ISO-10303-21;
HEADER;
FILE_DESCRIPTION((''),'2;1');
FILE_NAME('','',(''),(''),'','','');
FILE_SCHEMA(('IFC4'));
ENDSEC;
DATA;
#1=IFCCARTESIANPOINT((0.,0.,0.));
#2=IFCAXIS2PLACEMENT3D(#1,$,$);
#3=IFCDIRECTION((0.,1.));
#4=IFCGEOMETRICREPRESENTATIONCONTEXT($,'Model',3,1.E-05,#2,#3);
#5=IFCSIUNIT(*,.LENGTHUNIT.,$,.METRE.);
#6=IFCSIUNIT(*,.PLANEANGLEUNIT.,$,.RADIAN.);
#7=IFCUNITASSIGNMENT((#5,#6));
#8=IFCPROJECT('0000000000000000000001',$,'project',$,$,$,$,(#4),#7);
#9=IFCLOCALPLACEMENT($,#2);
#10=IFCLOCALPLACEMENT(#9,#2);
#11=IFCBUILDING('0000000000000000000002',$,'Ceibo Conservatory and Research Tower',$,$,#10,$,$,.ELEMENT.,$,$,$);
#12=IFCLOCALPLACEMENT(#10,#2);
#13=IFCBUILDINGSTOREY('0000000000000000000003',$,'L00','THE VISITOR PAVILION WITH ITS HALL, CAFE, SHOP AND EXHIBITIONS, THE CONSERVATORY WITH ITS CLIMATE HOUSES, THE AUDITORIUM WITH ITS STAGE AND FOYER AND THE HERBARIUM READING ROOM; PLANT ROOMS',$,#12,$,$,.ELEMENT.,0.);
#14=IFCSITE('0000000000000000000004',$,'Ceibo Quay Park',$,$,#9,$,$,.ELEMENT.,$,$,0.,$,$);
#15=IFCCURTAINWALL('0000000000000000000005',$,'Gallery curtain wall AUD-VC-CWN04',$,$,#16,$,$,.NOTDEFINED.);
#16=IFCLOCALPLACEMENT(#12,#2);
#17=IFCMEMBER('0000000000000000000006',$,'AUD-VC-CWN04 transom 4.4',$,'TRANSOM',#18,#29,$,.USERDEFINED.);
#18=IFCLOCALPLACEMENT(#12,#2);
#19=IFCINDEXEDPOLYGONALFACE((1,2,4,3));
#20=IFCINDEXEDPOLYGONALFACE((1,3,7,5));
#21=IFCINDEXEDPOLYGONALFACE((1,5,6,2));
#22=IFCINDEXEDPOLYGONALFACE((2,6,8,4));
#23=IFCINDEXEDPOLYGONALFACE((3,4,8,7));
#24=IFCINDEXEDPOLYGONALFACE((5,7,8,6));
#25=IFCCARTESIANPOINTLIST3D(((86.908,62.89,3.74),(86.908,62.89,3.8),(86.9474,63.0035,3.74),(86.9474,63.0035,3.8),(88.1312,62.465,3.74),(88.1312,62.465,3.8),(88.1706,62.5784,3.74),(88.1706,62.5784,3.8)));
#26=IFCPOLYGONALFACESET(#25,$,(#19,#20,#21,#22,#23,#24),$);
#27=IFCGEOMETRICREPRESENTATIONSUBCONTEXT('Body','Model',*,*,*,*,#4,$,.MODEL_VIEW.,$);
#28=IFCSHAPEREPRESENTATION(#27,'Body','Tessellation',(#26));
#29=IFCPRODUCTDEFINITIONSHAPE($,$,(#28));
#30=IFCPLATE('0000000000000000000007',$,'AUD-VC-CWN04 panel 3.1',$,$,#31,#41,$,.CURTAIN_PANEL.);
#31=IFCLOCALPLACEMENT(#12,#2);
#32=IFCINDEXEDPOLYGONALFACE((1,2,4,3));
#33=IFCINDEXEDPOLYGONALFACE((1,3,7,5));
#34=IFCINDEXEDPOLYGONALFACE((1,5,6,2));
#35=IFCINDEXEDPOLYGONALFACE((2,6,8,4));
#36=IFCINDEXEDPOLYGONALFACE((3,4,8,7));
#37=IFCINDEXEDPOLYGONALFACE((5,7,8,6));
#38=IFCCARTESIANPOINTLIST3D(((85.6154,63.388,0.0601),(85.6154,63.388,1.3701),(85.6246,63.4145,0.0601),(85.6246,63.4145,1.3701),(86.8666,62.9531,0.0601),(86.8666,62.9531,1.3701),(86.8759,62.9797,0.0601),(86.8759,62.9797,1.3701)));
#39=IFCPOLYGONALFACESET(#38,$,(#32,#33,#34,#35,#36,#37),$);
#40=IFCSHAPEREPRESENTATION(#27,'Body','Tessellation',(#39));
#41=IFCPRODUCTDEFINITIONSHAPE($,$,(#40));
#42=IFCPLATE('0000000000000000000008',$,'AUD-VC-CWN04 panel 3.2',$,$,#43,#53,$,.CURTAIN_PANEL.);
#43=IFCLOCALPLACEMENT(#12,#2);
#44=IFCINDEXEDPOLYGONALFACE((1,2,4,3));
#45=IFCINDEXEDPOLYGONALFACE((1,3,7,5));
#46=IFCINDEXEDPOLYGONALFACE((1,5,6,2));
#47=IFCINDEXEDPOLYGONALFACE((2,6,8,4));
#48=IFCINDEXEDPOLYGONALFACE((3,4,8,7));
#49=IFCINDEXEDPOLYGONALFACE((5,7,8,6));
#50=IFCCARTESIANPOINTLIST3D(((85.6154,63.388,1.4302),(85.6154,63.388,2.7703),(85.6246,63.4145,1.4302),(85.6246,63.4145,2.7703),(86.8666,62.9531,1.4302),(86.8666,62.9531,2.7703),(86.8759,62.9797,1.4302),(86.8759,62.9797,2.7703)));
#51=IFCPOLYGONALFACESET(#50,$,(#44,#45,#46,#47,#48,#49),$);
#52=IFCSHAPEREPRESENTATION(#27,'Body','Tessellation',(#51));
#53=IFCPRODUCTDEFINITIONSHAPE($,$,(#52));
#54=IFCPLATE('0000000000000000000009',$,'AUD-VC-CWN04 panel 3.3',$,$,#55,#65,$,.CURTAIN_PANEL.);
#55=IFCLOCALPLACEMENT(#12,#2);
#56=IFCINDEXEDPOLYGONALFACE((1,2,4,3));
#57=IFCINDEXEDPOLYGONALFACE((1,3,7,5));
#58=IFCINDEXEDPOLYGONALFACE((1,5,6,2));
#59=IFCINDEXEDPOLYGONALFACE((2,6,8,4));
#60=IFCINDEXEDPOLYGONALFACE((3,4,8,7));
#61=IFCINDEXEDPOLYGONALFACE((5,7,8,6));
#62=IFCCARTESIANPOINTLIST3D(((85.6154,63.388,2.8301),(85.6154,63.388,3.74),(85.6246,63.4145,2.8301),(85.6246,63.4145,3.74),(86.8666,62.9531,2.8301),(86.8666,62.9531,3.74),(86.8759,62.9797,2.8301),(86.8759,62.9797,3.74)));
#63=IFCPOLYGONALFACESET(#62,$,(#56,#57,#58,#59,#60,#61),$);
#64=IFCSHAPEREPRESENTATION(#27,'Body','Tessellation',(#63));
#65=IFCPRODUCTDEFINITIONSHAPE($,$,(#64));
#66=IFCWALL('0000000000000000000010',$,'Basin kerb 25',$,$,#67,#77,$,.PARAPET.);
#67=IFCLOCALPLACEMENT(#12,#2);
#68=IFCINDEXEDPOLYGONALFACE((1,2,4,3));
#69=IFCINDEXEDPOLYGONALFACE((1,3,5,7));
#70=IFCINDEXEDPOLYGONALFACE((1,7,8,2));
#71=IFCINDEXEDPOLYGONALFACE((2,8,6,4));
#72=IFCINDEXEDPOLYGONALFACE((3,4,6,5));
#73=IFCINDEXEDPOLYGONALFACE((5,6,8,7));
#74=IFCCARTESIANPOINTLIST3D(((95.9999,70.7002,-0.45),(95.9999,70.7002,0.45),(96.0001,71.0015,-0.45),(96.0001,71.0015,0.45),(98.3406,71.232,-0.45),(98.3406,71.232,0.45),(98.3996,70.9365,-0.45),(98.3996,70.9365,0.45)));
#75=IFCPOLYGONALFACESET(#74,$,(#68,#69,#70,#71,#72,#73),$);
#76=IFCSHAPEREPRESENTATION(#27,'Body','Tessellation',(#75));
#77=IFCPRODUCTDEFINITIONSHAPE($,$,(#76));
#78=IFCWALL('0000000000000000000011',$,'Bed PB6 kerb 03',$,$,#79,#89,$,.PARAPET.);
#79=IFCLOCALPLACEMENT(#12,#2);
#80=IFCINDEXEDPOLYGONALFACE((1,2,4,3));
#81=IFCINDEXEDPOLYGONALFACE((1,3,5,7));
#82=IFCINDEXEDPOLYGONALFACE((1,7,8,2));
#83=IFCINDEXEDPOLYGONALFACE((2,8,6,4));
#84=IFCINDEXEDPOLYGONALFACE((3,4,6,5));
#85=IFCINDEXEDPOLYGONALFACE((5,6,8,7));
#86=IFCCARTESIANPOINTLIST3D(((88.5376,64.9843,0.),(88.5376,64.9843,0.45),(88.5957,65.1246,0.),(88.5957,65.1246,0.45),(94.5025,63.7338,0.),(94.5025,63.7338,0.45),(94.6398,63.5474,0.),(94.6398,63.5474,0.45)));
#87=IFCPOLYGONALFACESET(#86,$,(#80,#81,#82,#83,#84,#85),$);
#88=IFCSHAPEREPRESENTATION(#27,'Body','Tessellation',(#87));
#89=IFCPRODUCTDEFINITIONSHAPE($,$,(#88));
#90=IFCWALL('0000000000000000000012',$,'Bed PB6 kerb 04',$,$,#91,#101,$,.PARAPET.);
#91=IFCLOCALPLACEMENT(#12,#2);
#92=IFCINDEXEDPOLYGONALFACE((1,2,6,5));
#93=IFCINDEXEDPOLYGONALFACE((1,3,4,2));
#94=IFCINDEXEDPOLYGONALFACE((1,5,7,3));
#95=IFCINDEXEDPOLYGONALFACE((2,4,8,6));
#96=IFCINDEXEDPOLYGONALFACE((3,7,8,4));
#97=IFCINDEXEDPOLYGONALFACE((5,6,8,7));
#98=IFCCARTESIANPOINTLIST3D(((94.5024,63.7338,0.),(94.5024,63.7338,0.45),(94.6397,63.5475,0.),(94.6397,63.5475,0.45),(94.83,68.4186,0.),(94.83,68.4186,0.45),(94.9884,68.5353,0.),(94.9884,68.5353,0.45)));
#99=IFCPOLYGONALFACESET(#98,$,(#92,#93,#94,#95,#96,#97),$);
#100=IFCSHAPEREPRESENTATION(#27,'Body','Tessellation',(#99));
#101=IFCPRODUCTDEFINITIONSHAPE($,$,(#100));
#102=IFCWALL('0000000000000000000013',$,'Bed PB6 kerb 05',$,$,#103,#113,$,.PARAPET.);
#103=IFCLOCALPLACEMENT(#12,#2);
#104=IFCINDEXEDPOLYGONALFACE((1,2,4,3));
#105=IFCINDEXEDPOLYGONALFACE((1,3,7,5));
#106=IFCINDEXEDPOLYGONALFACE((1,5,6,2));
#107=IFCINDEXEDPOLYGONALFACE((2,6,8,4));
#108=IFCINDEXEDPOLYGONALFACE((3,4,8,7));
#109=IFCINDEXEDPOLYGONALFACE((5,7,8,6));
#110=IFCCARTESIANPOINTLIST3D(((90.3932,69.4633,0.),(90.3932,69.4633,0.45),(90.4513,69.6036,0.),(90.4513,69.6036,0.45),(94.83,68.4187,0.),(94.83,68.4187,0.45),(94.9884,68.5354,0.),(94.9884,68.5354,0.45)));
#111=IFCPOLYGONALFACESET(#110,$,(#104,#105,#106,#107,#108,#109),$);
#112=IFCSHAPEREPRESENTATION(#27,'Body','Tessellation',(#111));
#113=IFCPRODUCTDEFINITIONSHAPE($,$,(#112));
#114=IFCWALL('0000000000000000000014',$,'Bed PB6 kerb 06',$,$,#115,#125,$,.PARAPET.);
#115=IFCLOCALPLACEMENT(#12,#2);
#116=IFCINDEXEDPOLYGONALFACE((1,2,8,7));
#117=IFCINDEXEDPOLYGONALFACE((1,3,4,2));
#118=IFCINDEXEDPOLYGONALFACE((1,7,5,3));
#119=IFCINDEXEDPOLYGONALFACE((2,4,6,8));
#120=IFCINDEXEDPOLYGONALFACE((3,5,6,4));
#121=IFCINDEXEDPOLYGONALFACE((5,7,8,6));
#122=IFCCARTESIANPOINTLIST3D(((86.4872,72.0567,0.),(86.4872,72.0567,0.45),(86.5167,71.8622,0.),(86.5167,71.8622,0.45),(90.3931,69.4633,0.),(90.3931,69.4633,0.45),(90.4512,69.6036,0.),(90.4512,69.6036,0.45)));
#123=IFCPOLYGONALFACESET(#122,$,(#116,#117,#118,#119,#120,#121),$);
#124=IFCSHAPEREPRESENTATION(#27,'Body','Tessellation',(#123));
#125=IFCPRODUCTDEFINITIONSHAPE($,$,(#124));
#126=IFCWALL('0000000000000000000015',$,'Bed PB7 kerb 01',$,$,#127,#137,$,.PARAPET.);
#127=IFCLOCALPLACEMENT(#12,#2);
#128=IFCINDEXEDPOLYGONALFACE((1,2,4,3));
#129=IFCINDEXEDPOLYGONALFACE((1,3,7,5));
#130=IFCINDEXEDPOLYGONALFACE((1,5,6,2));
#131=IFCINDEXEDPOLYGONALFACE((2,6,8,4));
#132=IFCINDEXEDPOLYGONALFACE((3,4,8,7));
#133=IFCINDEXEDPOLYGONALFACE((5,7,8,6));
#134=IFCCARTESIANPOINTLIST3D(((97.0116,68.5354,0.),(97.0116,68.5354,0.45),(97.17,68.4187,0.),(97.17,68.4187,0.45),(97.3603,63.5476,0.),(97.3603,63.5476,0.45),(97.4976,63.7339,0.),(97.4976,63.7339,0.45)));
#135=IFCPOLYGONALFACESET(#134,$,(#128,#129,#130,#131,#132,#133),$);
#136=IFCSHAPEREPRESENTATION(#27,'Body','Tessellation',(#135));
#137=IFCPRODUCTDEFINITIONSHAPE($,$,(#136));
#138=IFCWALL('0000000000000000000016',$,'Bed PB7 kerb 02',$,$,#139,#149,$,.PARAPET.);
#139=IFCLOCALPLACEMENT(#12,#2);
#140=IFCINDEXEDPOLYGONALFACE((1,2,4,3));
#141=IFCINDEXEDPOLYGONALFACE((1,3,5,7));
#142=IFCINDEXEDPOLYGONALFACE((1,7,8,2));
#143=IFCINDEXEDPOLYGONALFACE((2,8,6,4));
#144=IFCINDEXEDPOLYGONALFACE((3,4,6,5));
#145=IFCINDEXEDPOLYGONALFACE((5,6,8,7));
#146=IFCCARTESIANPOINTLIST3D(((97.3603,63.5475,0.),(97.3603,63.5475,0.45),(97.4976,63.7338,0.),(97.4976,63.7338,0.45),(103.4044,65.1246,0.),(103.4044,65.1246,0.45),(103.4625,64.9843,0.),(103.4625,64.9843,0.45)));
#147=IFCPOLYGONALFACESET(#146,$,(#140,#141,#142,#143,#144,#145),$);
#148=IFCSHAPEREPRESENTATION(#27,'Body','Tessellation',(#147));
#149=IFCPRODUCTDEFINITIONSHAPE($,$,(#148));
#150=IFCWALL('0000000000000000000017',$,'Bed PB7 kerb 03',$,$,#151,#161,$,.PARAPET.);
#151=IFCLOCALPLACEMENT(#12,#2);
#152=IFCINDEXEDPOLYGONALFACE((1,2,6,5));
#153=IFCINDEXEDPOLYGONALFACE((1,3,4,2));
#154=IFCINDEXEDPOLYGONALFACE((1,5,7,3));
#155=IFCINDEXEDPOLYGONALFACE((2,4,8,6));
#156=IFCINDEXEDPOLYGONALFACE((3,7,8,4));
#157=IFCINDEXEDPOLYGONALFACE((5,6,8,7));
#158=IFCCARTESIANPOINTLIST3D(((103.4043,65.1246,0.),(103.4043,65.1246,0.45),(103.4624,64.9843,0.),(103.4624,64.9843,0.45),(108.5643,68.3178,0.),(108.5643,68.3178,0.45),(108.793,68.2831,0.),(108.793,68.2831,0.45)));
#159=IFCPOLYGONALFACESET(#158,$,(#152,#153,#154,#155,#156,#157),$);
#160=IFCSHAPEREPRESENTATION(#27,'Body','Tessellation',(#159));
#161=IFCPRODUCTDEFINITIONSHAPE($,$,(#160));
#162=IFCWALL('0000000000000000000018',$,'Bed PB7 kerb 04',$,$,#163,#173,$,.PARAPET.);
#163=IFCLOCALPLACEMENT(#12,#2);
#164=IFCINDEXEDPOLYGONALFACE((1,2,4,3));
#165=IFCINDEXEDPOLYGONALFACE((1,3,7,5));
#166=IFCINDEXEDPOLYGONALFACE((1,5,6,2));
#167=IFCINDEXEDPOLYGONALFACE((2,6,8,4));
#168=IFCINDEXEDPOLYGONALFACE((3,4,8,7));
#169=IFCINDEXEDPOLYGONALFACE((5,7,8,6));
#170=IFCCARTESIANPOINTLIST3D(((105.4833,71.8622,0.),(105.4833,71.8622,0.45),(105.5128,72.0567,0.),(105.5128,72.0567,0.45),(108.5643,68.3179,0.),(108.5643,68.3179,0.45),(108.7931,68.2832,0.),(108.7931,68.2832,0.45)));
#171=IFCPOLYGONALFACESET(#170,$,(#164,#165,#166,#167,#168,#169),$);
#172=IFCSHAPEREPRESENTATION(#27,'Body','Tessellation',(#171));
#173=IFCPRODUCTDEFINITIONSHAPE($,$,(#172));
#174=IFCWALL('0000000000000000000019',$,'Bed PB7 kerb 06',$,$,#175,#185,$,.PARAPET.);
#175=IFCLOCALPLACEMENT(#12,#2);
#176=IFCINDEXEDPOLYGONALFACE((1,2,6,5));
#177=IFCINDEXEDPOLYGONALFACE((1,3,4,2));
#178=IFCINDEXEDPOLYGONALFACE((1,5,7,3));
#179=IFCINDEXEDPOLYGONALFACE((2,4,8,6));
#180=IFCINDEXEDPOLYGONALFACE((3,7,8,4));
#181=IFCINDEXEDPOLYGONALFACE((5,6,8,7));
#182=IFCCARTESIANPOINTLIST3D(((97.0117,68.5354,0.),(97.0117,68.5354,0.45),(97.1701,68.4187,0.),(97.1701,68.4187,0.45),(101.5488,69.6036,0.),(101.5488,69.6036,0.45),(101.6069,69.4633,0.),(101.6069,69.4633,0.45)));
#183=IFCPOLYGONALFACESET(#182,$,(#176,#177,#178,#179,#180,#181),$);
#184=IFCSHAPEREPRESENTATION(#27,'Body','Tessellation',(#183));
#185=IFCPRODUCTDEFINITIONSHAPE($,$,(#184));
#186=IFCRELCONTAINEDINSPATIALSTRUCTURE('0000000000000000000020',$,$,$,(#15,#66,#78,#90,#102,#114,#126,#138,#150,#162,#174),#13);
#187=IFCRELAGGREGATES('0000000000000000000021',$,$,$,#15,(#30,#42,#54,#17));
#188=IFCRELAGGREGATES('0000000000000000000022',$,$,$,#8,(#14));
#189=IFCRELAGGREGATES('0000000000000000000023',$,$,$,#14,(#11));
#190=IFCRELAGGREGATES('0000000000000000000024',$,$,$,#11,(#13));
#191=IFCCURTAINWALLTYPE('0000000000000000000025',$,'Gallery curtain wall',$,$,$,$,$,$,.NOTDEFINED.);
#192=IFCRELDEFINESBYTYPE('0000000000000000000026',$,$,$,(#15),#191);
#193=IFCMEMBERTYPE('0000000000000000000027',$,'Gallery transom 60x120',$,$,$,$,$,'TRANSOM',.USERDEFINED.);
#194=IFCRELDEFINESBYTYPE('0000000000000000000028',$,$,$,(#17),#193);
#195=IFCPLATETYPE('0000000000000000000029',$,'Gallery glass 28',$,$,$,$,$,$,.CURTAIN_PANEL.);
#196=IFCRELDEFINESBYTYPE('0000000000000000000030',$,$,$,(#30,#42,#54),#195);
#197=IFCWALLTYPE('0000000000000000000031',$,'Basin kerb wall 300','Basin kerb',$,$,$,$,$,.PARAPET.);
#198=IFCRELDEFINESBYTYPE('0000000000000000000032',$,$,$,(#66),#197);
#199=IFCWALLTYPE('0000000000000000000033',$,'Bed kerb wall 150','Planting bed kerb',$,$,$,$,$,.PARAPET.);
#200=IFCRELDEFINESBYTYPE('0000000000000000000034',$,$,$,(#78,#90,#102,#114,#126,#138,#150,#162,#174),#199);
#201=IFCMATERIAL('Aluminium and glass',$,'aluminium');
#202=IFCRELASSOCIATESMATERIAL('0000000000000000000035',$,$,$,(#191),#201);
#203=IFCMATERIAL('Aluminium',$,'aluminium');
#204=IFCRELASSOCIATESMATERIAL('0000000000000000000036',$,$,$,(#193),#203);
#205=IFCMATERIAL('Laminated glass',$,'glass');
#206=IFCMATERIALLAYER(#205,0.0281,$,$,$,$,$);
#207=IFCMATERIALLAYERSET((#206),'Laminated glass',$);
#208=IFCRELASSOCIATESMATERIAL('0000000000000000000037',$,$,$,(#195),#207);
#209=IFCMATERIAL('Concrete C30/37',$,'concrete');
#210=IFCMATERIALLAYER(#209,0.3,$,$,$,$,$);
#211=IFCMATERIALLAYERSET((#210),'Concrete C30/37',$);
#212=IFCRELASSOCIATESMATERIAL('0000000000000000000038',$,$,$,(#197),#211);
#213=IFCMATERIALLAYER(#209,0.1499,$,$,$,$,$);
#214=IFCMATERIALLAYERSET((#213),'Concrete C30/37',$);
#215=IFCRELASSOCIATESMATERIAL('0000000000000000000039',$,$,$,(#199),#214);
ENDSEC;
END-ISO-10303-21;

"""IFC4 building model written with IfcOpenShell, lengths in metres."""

from ifc_helpers import new_model, si_unit, direction, frame, origin, origin_2d, place, context, subcontext, project, spatial, polyline, rectangle, outline, extrude, material, layer, layer_set, material_profile, profile_set, type_object, element, aggregate, save


model = new_model("IFC4")

# Units and contexts
model_context = context("Model", 3, precision=1e-05, world=origin(), true_north=direction((0.0, 1.0)))
body_context = subcontext(model_context, "Body", "Model", "MODEL_VIEW")
ifc_project = project(units=[si_unit("LENGTHUNIT", "METRE"), si_unit("PLANEANGLEUNIT", "RADIAN")], contexts=[model_context])

# Site, building, storey
site_placement = place(None, origin())
site = spatial("IfcSite", under=ifc_project, at=site_placement, Name="Ceibo Quay Park", CompositionType="ELEMENT", RefElevation=0.0)
building_placement = place(site_placement, origin())
building = spatial("IfcBuilding", under=site, at=building_placement, Name="Ceibo Conservatory and Research Tower", CompositionType="ELEMENT")
storey_placement = place(building_placement, origin())
storey = spatial("IfcBuildingStorey", under=building, at=storey_placement, Name="L00", Description="THE VISITOR PAVILION WITH ITS HALL, CAFE, SHOP AND EXHIBITIONS, THE CONSERVATORY WITH ITS CLIMATE HOUSES, THE AUDITORIUM WITH ITS STAGE AND FOYER AND THE HERBARIUM READING ROOM; PLANT ROOMS", CompositionType="ELEMENT", Elevation=0.0)

# Curtain wall, member, plates
ifc_material_1 = material(Name="Aluminium and glass", Category="aluminium")
curtain_wall_type = type_object("IfcCurtainWallType", Name="Gallery curtain wall", PredefinedType="NOTDEFINED", material=ifc_material_1)
curtain_wall_placement = place(storey_placement, origin())
curtain_wall = element("IfcCurtainWall", 1, at=curtain_wall_placement, inside=storey, type_object=curtain_wall_type, Name="Gallery curtain wall AUD-VC-CWN04", PredefinedType="NOTDEFINED")
ifc_material_2 = material(Name="Aluminium", Category="aluminium")
ifc_material_profile_1 = material_profile(ifc_material_2, rectangle(XDim=0.1201, YDim=0.0601, at=origin_2d()), Name="AL 60x120")
ifc_profile_set_1 = profile_set([ifc_material_profile_1], Name="Aluminium")
member_type_1 = type_object("IfcMemberType", Name="Gallery transom 60x120", ElementType="TRANSOM", PredefinedType="USERDEFINED", material=ifc_profile_set_1)
member_1_placement = place(storey_placement, frame((86.9277, 62.9468, 3.77), z_axis=(0.944591, -0.32825, 0.0), x_axis=(0.32825, 0.944591, 0.0)))
member_1 = element("IfcMember", 2, at=member_1_placement, type_object=member_type_1, Name="AUD-VC-CWN04 transom 4.4", ObjectType="TRANSOM", PredefinedType="USERDEFINED", context=body_context, shape_type="SweptSolid", body=[
    extrude(rectangle(XDim=0.1201, YDim=0.0601, at=origin_2d()), origin(), (0.0, 0.0, 1.0), 1.2949),
])
ifc_material_3 = material(Name="Laminated glass", Category="glass")
ifc_layer_1 = layer(ifc_material_3, 0.0281)
ifc_layer_set_1 = layer_set([ifc_layer_1], Name="Laminated glass")
plate_type = type_object("IfcPlateType", Name="Gallery glass 28", PredefinedType="CURTAIN_PANEL", material=ifc_layer_set_1)
plate_1_placement = place(storey_placement, frame((86.2456, 63.1838, 0.0601), z_axis=(0.0, 0.0, 1.0), x_axis=(0.944579, -0.328284, 0.0)))
plate_1 = element("IfcPlate", 3, at=plate_1_placement, type_object=plate_type, Name="AUD-VC-CWN04 panel 3.1", PredefinedType="CURTAIN_PANEL", context=body_context, shape_type="SweptSolid", body=[
    extrude(rectangle(XDim=1.3247, YDim=0.0281, at=origin_2d()), origin(), (0.0, 0.0, 1.0), 1.3101),
])
plate_2_placement = place(storey_placement, frame((86.2456, 63.1838, 1.4302), z_axis=(0.0, 0.0, 1.0), x_axis=(0.944579, -0.328284, 0.0)))
plate_2 = element("IfcPlate", 4, at=plate_2_placement, type_object=plate_type, Name="AUD-VC-CWN04 panel 3.2", PredefinedType="CURTAIN_PANEL", context=body_context, shape_type="SweptSolid", body=[
    extrude(rectangle(XDim=1.3247, YDim=0.0281, at=origin_2d()), origin(), (0.0, 0.0, 1.0), 1.3401),
])
plate_3_placement = place(storey_placement, frame((86.2456, 63.1838, 2.8301), z_axis=(0.0, 0.0, 1.0), x_axis=(0.944579, -0.328284, 0.0)))
plate_3 = element("IfcPlate", 5, at=plate_3_placement, type_object=plate_type, Name="AUD-VC-CWN04 panel 3.3", PredefinedType="CURTAIN_PANEL", context=body_context, shape_type="SweptSolid", body=[
    extrude(rectangle(XDim=1.3247, YDim=0.0281, at=origin_2d()), origin(), (0.0, 0.0, 1.0), 0.9099),
])
aggregate(curtain_wall, [plate_1, plate_2, plate_3, member_1])

# Walls
ifc_material_4 = material(Name="Concrete C30/37", Category="concrete")
ifc_layer_2 = layer(ifc_material_4, 0.3)
ifc_layer_set_2 = layer_set([ifc_layer_2], Name="Concrete C30/37")
wall_type_1 = type_object("IfcWallType", Name="Basin kerb wall 300", Description="Basin kerb", PredefinedType="PARAPET", material=ifc_layer_set_2)
wall_1_placement = place(storey_placement, frame((96.0, 70.8508, -0.45), z_axis=(0.0, 0.0, 1.0), x_axis=(0.995186, 0.098001, 0.0)))
element("IfcWall", 6, at=wall_1_placement, inside=storey, type_object=wall_type_1, Name="Basin kerb 25", PredefinedType="PARAPET", context=body_context, shape_type="SweptSolid", body=[
    extrude(outline(polyline([(-0.0149, -0.1499), (2.3965, -0.1499), (2.3667, 0.1499), (0.0149, 0.1499), (-0.0149, -0.1499)])), origin(), (0.0, 0.0, 1.0), 0.8999),
])
ifc_layer_3 = layer(ifc_material_4, 0.1499)
ifc_layer_set_3 = layer_set([ifc_layer_3], Name="Concrete C30/37")
wall_type_2 = type_object("IfcWallType", Name="Bed kerb wall 150", Description="Planting bed kerb", PredefinedType="PARAPET", material=ifc_layer_set_3)
wall_2_placement = place(storey_placement, frame((88.5667, 65.0544, 0.0), z_axis=(0.0, 0.0, 1.0), x_axis=(0.97338, -0.229196, 0.0)))
element("IfcWall", 7, at=wall_2_placement, inside=storey, type_object=wall_type_2, Name="Bed PB6 kerb 03", PredefinedType="PARAPET", context=body_context, shape_type="SweptSolid", body=[
    extrude(outline(polyline([(-0.0122, -0.075), (6.2568, -0.075), (6.0806, 0.075), (0.0122, 0.075), (-0.0122, -0.075)])), origin(), (0.0, 0.0, 1.0), 0.45),
])
wall_3_placement = place(storey_placement, frame((94.571, 63.6406, 0.0), z_axis=(0.0, 0.0, 1.0), x_axis=(0.069744, 0.997565, 0.0)))
element("IfcWall", 8, at=wall_3_placement, inside=storey, type_object=wall_type_2, Name="Bed PB6 kerb 04", PredefinedType="PARAPET", context=body_context, shape_type="SweptSolid", body=[
    extrude(outline(polyline([(-0.0881, -0.075), (4.9119, -0.075), (4.7844, 0.075), (0.0881, 0.075), (-0.0881, -0.075)])), origin(), (0.0, 0.0, 1.0), 0.45),
])
wall_4_placement = place(storey_placement, frame((94.9092, 68.4771, 0.0), z_axis=(0.0, 0.0, 1.0), x_axis=(-0.973387, 0.229166, 0.0)))
element("IfcWall", 9, at=wall_4_placement, inside=storey, type_object=wall_type_2, Name="Bed PB6 kerb 05", PredefinedType="PARAPET", context=body_context, shape_type="SweptSolid", body=[
    extrude(outline(polyline([(-0.0637, -0.075), (4.5974, -0.075), (4.6218, 0.075), (0.0637, 0.075), (-0.0637, -0.075)])), origin(), (0.0, 0.0, 1.0), 0.45),
])
wall_5_placement = place(storey_placement, frame((90.4221, 69.5334, 0.0), z_axis=(0.0, 0.0, 1.0), x_axis=(-0.850337, 0.526238, 0.0)))
element("IfcWall", 10, at=wall_5_placement, inside=storey, type_object=wall_type_2, Name="Bed PB6 kerb 06", PredefinedType="PARAPET", context=body_context, shape_type="SweptSolid", body=[
    extrude(outline(polyline([(0.0122, -0.075), (4.6738, -0.075), (4.5464, 0.075), (-0.0122, 0.075), (0.0122, -0.075)])), origin(), (0.0, 0.0, 1.0), 0.45),
])
wall_6_placement = place(storey_placement, frame((97.0908, 68.4771, 0.0), z_axis=(0.0, 0.0, 1.0), x_axis=(0.069744, -0.997565, 0.0)))
element("IfcWall", 11, at=wall_6_placement, inside=storey, type_object=wall_type_2, Name="Bed PB7 kerb 01", PredefinedType="PARAPET", context=body_context, shape_type="SweptSolid", body=[
    extrude(outline(polyline([(-0.0637, -0.075), (4.9363, -0.075), (4.76, 0.075), (0.0637, 0.075), (-0.0637, -0.075)])), origin(), (0.0, 0.0, 1.0), 0.45),
])
wall_7_placement = place(storey_placement, frame((97.429, 63.6406, 0.0), z_axis=(0.0, 0.0, 1.0), x_axis=(0.97338, 0.229196, 0.0)))
element("IfcWall", 12, at=wall_7_placement, inside=storey, type_object=wall_type_2, Name="Bed PB7 kerb 02", PredefinedType="PARAPET", context=body_context, shape_type="SweptSolid", body=[
    extrude(outline(polyline([(-0.0881, -0.075), (6.1809, -0.075), (6.1565, 0.075), (0.0881, 0.075), (-0.0881, -0.075)])), origin(), (0.0, 0.0, 1.0), 0.45),
])
wall_8_placement = place(storey_placement, frame((103.4333, 65.0544, 0.0), z_axis=(0.0, 0.0, 1.0), x_axis=(0.85034, 0.526233, 0.0)))
element("IfcWall", 13, at=wall_8_placement, inside=storey, type_object=wall_type_2, Name="Bed PB7 kerb 03", PredefinedType="PARAPET", context=body_context, shape_type="SweptSolid", body=[
    extrude(outline(polyline([(-0.0122, -0.075), (6.2566, -0.075), (6.0803, 0.075), (0.0122, 0.075), (-0.0122, -0.075)])), origin(), (0.0, 0.0, 1.0), 0.45),
])
wall_9_placement = place(storey_placement, frame((108.6787, 68.3005, 0.0), z_axis=(0.0, 0.0, 1.0), x_axis=(-0.656059, 0.75471, 0.0)))
element("IfcWall", 14, at=wall_9_placement, inside=storey, type_object=wall_type_2, Name="Bed PB7 kerb 04", PredefinedType="PARAPET", context=body_context, shape_type="SweptSolid", body=[
    extrude(outline(polyline([(-0.0881, -0.075), (4.9119, -0.075), (4.7844, 0.075), (0.0881, 0.075), (-0.0881, -0.075)])), origin(), (0.0, 0.0, 1.0), 0.45),
])
wall_10_placement = place(storey_placement, frame((101.5779, 69.5334, 0.0), z_axis=(0.0, 0.0, 1.0), x_axis=(-0.973387, -0.229166, 0.0)))
element("IfcWall", 15, at=wall_10_placement, inside=storey, type_object=wall_type_2, Name="Bed PB7 kerb 06", PredefinedType="PARAPET", context=body_context, shape_type="SweptSolid", body=[
    extrude(outline(polyline([(0.0122, -0.075), (4.6733, -0.075), (4.5459, 0.075), (-0.0122, 0.075), (0.0122, -0.075)])), origin(), (0.0, 0.0, 1.0), 0.45),
])

save(model, "model.ifc")
